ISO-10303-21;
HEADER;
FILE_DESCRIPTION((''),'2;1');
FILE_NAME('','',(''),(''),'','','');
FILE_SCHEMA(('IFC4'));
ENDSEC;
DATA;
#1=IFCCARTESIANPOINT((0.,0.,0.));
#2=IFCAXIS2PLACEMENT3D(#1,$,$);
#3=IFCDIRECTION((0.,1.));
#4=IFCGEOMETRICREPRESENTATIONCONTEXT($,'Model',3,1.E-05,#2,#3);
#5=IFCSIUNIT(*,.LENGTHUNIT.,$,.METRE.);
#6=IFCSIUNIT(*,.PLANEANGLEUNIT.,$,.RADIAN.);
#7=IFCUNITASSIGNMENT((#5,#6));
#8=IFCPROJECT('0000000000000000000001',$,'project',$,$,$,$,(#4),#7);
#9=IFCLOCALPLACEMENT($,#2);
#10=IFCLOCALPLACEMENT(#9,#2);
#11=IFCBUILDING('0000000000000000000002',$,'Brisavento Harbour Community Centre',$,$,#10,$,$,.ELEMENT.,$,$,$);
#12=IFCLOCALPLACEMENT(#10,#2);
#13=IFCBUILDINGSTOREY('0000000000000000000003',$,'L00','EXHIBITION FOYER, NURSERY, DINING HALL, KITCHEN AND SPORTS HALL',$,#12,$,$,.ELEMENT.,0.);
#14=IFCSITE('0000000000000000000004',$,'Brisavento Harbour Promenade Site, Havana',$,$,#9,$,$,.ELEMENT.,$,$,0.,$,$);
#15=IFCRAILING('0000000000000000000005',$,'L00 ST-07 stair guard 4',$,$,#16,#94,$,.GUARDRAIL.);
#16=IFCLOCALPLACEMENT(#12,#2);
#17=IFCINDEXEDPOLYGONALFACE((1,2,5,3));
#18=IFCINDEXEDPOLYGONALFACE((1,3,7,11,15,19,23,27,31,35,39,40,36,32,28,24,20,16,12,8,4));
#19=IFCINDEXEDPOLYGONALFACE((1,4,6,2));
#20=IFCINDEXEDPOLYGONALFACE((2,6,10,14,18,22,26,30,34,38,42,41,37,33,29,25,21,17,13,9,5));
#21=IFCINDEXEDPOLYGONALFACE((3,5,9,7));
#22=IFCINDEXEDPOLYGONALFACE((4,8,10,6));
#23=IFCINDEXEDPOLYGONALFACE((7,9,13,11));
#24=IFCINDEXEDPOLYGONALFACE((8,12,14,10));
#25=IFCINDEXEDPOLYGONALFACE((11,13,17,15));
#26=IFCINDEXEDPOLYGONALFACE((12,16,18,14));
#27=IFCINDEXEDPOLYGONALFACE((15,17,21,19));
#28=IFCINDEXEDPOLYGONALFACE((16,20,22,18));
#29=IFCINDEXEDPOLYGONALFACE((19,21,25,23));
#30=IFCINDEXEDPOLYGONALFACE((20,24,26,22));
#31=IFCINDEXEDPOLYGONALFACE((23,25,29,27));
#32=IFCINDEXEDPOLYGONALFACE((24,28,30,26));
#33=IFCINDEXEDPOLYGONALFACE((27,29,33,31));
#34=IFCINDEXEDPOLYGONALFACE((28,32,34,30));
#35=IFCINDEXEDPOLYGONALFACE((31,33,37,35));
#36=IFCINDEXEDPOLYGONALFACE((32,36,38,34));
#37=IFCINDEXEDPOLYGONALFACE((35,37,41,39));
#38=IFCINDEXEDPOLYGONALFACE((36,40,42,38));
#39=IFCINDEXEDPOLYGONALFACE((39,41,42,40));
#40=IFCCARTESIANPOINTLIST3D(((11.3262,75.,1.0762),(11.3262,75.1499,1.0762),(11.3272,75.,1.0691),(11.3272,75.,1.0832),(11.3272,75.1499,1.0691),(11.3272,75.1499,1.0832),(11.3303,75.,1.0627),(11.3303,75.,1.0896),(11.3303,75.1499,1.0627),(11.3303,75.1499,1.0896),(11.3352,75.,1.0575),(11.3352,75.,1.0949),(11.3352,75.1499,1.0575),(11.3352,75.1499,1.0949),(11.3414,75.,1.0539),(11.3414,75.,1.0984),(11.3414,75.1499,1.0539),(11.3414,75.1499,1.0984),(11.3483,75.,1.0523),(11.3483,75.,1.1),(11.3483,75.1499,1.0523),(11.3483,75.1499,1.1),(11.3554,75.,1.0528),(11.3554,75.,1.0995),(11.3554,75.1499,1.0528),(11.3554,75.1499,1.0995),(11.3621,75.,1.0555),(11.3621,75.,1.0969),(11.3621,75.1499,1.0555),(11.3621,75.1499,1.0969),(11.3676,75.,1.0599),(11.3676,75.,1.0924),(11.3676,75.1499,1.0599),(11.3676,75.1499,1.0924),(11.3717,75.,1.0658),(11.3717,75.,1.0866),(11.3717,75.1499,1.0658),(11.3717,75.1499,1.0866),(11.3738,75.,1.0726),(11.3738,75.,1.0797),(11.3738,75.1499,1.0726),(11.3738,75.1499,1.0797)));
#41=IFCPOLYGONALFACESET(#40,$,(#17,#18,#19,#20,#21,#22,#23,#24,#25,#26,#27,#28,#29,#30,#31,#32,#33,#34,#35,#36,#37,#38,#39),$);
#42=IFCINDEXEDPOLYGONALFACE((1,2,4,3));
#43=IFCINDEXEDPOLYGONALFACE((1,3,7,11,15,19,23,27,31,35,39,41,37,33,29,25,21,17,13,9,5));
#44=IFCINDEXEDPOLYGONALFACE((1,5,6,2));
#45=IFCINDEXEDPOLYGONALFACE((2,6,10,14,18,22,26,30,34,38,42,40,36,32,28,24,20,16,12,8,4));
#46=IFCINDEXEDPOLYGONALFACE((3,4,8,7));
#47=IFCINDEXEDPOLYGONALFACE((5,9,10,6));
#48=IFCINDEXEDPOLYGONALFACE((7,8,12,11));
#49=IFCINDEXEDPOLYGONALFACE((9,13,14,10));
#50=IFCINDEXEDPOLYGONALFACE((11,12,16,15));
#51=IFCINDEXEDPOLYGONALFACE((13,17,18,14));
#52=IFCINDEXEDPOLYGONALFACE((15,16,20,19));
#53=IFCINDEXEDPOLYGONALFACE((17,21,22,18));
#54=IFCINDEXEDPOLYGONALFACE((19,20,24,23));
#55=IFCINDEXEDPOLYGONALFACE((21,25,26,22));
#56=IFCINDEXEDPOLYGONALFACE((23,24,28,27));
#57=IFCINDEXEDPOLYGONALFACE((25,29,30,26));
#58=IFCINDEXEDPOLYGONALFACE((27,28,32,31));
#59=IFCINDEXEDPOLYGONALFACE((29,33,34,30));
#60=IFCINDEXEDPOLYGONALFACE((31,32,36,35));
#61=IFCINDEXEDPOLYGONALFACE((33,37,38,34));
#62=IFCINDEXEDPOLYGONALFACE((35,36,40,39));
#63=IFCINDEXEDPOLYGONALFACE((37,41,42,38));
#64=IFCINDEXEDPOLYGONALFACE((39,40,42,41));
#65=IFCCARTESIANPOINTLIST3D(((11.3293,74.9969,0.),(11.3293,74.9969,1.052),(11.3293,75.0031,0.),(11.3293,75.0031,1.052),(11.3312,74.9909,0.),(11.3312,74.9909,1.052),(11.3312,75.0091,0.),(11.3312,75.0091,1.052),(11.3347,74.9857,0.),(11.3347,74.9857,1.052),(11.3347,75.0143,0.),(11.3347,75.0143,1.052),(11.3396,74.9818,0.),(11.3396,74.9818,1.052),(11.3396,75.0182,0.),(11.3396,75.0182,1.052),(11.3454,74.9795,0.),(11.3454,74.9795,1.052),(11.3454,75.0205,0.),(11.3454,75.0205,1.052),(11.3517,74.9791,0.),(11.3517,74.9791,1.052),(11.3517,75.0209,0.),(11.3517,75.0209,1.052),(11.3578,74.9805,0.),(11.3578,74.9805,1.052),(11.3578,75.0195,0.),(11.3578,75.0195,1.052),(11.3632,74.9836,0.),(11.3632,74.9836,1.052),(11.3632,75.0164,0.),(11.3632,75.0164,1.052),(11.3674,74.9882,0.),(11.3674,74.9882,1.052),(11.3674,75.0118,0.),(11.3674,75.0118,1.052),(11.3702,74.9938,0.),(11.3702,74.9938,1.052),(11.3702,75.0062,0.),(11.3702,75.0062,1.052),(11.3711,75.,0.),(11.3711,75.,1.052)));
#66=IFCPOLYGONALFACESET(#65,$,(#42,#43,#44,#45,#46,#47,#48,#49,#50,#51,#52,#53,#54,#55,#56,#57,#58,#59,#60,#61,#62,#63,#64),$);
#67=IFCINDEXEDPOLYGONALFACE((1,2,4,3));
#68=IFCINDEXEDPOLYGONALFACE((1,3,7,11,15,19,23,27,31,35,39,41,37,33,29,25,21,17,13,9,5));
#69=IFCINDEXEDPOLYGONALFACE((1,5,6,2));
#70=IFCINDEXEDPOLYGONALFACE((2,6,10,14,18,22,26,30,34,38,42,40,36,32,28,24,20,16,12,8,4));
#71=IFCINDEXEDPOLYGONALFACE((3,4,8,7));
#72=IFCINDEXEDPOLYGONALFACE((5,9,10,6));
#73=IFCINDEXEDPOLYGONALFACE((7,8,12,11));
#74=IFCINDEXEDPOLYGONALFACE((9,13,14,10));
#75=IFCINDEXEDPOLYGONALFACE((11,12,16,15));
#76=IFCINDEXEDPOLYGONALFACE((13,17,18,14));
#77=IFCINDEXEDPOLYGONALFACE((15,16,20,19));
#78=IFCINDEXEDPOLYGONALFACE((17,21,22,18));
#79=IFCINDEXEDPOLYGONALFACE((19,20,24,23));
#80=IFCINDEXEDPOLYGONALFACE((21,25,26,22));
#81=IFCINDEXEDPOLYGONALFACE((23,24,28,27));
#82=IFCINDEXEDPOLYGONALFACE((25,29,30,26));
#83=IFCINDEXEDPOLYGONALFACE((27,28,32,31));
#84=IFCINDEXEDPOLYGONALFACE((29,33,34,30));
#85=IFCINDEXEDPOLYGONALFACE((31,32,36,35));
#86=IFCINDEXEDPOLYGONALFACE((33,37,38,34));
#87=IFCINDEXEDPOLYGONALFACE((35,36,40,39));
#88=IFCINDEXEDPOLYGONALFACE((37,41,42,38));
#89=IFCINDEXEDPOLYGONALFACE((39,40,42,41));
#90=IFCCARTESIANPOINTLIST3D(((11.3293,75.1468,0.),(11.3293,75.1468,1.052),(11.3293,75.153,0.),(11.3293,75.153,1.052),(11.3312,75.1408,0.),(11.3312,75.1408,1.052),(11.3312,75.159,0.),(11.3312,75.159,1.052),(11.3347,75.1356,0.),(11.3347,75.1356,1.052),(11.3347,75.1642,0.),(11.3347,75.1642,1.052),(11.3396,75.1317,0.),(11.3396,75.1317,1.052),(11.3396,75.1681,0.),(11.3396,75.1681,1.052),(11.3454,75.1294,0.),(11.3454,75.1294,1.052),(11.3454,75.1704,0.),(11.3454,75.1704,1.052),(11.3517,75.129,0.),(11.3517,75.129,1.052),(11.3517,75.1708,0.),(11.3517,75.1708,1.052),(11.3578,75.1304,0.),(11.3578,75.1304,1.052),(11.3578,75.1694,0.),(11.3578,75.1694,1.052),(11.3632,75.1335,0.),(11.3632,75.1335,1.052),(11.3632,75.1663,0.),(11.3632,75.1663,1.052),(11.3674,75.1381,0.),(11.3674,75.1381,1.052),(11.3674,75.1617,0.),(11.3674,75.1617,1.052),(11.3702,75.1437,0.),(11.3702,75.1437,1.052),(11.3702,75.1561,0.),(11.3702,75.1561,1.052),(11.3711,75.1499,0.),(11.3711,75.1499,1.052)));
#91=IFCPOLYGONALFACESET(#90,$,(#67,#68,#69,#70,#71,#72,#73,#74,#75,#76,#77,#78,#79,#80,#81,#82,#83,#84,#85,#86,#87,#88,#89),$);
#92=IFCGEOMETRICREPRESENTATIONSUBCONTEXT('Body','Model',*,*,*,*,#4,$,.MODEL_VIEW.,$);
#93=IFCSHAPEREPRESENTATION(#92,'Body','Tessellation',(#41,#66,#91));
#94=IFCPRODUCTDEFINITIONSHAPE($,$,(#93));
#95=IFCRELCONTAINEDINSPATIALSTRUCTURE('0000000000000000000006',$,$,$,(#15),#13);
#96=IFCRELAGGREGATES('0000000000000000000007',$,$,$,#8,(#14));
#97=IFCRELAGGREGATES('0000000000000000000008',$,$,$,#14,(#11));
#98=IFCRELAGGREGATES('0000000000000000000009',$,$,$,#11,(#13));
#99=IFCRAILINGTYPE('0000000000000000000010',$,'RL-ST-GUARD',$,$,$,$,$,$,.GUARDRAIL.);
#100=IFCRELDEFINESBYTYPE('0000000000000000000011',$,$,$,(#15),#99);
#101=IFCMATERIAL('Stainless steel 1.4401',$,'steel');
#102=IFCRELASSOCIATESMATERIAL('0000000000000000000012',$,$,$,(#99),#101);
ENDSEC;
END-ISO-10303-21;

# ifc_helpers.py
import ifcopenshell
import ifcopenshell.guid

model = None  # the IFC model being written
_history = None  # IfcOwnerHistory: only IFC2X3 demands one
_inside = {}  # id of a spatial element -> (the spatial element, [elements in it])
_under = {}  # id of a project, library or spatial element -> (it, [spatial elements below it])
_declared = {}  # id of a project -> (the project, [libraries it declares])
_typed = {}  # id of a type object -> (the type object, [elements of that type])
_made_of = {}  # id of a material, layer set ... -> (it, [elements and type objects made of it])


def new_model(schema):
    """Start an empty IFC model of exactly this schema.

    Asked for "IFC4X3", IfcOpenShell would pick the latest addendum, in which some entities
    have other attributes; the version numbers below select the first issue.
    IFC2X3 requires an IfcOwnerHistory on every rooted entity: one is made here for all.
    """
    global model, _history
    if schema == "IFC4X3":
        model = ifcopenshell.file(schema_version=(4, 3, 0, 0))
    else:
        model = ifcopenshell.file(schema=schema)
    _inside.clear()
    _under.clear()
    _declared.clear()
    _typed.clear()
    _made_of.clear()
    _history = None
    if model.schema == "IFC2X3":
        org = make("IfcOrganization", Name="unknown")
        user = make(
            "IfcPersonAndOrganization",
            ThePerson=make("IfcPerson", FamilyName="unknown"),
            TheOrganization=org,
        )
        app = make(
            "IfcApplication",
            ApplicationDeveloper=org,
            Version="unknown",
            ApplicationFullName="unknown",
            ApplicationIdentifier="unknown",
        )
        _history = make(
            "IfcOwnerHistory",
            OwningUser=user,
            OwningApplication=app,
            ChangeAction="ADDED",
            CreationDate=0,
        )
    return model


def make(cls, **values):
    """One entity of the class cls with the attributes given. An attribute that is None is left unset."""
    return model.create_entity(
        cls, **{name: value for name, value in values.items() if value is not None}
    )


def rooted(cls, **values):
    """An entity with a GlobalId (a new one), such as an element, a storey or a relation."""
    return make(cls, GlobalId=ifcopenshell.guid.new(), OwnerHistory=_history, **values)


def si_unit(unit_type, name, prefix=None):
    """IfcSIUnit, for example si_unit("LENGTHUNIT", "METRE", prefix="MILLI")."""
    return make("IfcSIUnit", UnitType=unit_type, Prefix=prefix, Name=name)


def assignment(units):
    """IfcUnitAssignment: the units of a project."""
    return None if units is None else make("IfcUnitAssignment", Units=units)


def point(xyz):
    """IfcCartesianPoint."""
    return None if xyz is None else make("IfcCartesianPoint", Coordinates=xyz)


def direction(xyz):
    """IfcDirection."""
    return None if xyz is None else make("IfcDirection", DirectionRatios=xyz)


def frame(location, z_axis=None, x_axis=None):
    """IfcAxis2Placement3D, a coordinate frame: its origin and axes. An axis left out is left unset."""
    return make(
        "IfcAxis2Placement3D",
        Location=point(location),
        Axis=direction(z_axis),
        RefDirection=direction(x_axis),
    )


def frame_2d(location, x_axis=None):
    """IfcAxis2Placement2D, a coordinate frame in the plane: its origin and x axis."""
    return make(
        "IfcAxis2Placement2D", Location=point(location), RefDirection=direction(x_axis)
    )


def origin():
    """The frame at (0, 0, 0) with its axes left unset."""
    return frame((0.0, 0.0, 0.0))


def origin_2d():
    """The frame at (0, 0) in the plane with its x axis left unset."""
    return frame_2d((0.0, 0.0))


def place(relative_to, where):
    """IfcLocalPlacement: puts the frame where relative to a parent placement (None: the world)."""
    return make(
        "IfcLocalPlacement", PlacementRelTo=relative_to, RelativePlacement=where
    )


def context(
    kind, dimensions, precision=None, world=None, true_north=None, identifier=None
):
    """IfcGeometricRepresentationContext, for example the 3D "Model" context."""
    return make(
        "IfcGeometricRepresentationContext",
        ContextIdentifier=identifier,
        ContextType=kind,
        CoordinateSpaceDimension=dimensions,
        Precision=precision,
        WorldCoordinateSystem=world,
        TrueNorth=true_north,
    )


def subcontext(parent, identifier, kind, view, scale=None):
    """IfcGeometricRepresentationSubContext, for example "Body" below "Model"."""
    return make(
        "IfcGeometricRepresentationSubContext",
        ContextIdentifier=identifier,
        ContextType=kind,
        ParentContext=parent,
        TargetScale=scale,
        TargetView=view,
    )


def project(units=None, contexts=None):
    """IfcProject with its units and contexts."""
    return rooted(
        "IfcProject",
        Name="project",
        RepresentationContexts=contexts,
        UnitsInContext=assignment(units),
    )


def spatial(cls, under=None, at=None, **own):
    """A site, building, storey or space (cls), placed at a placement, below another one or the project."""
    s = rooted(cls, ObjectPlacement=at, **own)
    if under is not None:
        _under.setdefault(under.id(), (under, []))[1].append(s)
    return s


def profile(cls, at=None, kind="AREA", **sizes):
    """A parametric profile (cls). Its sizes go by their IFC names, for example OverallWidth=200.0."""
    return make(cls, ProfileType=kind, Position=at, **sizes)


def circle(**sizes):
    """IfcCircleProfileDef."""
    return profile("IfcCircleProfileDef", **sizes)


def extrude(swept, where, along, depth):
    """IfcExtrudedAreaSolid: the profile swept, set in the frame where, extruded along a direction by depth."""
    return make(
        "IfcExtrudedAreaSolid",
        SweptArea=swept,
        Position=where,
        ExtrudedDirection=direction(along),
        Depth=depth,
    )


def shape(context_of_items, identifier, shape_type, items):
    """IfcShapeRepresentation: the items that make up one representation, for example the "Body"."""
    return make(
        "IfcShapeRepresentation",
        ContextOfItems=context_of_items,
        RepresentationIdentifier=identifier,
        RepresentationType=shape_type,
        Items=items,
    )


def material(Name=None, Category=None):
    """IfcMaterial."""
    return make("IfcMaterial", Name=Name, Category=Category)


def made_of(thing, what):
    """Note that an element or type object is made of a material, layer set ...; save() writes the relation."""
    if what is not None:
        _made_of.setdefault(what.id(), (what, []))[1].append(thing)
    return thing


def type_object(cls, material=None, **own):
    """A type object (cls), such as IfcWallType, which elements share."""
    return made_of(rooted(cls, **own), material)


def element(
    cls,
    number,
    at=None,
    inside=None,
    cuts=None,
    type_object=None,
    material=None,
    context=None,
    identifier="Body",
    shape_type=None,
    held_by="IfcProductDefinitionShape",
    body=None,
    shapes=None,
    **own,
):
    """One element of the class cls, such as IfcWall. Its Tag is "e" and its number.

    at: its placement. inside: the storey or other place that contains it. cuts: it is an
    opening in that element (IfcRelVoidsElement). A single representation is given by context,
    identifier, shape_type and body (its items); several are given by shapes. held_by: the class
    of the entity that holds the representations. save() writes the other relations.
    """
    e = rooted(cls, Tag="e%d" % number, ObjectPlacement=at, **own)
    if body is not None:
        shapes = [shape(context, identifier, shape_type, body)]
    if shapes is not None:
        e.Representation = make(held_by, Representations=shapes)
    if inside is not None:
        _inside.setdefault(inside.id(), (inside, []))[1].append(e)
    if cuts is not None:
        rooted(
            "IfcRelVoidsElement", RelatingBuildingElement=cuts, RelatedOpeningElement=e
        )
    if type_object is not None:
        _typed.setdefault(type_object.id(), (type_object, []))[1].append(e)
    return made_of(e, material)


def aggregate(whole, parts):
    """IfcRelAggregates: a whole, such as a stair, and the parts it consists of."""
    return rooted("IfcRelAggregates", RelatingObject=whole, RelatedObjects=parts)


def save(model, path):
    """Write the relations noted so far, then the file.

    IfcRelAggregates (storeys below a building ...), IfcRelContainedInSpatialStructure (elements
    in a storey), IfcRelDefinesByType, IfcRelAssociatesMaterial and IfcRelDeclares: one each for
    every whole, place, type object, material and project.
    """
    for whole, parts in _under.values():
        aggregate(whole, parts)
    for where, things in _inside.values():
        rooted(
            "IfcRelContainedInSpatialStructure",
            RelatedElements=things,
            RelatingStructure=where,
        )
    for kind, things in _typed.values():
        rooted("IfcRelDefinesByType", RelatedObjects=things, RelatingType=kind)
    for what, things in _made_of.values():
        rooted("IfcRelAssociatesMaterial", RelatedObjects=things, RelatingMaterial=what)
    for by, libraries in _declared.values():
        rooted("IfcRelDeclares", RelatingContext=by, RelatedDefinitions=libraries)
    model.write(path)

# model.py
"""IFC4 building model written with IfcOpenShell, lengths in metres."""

from ifc_helpers import new_model, si_unit, direction, frame, origin, origin_2d, place, context, subcontext, project, spatial, circle, extrude, material, type_object, element, save


model = new_model("IFC4")

# Units and contexts
model_context = context("Model", 3, precision=1e-05, world=origin(), true_north=direction((0.0, 1.0)))
body_context = subcontext(model_context, "Body", "Model", "MODEL_VIEW")
ifc_project = project(units=[si_unit("LENGTHUNIT", "METRE"), si_unit("PLANEANGLEUNIT", "RADIAN")], contexts=[model_context])

# Site, building, storey
site_placement = place(None, origin())
site = spatial("IfcSite", under=ifc_project, at=site_placement, Name="Brisavento Harbour Promenade Site, Havana", CompositionType="ELEMENT", RefElevation=0.0)
building_placement = place(site_placement, origin())
building = spatial("IfcBuilding", under=site, at=building_placement, Name="Brisavento Harbour Community Centre", CompositionType="ELEMENT")
storey_placement = place(building_placement, origin())
storey = spatial("IfcBuildingStorey", under=building, at=storey_placement, Name="L00", Description="EXHIBITION FOYER, NURSERY, DINING HALL, KITCHEN AND SPORTS HALL", CompositionType="ELEMENT", Elevation=0.0)

# Railing
ifc_material_1 = material(Name="Stainless steel 1.4401", Category="steel")
railing_type_1 = type_object("IfcRailingType", Name="RL-ST-GUARD", PredefinedType="GUARDRAIL", material=ifc_material_1)
railing_1_placement = place(storey_placement, frame((11.3501, 75.0, 0.0)))
element("IfcRailing", 1, at=railing_1_placement, inside=storey, type_object=railing_type_1, Name="L00 ST-07 stair guard 4", PredefinedType="GUARDRAIL", context=body_context, shape_type="SweptSolid", body=[
    extrude(circle(Radius=0.0239, at=origin_2d()), frame((0.0, 0.0, 1.0762), z_axis=(0.0, 1.0, 0.0), x_axis=(-1.0, 0.0, 0.0)), (0.0, 0.0, 1.0), 0.1499),
    extrude(circle(Radius=0.021, at=origin_2d()), origin(), (0.0, 0.0, 1.0), 1.052),
    extrude(circle(Radius=0.021, at=origin_2d()), frame((0.0, 0.1499, 0.0)), (0.0, 0.0, 1.0), 1.052),
])

save(model, "model.ifc")
